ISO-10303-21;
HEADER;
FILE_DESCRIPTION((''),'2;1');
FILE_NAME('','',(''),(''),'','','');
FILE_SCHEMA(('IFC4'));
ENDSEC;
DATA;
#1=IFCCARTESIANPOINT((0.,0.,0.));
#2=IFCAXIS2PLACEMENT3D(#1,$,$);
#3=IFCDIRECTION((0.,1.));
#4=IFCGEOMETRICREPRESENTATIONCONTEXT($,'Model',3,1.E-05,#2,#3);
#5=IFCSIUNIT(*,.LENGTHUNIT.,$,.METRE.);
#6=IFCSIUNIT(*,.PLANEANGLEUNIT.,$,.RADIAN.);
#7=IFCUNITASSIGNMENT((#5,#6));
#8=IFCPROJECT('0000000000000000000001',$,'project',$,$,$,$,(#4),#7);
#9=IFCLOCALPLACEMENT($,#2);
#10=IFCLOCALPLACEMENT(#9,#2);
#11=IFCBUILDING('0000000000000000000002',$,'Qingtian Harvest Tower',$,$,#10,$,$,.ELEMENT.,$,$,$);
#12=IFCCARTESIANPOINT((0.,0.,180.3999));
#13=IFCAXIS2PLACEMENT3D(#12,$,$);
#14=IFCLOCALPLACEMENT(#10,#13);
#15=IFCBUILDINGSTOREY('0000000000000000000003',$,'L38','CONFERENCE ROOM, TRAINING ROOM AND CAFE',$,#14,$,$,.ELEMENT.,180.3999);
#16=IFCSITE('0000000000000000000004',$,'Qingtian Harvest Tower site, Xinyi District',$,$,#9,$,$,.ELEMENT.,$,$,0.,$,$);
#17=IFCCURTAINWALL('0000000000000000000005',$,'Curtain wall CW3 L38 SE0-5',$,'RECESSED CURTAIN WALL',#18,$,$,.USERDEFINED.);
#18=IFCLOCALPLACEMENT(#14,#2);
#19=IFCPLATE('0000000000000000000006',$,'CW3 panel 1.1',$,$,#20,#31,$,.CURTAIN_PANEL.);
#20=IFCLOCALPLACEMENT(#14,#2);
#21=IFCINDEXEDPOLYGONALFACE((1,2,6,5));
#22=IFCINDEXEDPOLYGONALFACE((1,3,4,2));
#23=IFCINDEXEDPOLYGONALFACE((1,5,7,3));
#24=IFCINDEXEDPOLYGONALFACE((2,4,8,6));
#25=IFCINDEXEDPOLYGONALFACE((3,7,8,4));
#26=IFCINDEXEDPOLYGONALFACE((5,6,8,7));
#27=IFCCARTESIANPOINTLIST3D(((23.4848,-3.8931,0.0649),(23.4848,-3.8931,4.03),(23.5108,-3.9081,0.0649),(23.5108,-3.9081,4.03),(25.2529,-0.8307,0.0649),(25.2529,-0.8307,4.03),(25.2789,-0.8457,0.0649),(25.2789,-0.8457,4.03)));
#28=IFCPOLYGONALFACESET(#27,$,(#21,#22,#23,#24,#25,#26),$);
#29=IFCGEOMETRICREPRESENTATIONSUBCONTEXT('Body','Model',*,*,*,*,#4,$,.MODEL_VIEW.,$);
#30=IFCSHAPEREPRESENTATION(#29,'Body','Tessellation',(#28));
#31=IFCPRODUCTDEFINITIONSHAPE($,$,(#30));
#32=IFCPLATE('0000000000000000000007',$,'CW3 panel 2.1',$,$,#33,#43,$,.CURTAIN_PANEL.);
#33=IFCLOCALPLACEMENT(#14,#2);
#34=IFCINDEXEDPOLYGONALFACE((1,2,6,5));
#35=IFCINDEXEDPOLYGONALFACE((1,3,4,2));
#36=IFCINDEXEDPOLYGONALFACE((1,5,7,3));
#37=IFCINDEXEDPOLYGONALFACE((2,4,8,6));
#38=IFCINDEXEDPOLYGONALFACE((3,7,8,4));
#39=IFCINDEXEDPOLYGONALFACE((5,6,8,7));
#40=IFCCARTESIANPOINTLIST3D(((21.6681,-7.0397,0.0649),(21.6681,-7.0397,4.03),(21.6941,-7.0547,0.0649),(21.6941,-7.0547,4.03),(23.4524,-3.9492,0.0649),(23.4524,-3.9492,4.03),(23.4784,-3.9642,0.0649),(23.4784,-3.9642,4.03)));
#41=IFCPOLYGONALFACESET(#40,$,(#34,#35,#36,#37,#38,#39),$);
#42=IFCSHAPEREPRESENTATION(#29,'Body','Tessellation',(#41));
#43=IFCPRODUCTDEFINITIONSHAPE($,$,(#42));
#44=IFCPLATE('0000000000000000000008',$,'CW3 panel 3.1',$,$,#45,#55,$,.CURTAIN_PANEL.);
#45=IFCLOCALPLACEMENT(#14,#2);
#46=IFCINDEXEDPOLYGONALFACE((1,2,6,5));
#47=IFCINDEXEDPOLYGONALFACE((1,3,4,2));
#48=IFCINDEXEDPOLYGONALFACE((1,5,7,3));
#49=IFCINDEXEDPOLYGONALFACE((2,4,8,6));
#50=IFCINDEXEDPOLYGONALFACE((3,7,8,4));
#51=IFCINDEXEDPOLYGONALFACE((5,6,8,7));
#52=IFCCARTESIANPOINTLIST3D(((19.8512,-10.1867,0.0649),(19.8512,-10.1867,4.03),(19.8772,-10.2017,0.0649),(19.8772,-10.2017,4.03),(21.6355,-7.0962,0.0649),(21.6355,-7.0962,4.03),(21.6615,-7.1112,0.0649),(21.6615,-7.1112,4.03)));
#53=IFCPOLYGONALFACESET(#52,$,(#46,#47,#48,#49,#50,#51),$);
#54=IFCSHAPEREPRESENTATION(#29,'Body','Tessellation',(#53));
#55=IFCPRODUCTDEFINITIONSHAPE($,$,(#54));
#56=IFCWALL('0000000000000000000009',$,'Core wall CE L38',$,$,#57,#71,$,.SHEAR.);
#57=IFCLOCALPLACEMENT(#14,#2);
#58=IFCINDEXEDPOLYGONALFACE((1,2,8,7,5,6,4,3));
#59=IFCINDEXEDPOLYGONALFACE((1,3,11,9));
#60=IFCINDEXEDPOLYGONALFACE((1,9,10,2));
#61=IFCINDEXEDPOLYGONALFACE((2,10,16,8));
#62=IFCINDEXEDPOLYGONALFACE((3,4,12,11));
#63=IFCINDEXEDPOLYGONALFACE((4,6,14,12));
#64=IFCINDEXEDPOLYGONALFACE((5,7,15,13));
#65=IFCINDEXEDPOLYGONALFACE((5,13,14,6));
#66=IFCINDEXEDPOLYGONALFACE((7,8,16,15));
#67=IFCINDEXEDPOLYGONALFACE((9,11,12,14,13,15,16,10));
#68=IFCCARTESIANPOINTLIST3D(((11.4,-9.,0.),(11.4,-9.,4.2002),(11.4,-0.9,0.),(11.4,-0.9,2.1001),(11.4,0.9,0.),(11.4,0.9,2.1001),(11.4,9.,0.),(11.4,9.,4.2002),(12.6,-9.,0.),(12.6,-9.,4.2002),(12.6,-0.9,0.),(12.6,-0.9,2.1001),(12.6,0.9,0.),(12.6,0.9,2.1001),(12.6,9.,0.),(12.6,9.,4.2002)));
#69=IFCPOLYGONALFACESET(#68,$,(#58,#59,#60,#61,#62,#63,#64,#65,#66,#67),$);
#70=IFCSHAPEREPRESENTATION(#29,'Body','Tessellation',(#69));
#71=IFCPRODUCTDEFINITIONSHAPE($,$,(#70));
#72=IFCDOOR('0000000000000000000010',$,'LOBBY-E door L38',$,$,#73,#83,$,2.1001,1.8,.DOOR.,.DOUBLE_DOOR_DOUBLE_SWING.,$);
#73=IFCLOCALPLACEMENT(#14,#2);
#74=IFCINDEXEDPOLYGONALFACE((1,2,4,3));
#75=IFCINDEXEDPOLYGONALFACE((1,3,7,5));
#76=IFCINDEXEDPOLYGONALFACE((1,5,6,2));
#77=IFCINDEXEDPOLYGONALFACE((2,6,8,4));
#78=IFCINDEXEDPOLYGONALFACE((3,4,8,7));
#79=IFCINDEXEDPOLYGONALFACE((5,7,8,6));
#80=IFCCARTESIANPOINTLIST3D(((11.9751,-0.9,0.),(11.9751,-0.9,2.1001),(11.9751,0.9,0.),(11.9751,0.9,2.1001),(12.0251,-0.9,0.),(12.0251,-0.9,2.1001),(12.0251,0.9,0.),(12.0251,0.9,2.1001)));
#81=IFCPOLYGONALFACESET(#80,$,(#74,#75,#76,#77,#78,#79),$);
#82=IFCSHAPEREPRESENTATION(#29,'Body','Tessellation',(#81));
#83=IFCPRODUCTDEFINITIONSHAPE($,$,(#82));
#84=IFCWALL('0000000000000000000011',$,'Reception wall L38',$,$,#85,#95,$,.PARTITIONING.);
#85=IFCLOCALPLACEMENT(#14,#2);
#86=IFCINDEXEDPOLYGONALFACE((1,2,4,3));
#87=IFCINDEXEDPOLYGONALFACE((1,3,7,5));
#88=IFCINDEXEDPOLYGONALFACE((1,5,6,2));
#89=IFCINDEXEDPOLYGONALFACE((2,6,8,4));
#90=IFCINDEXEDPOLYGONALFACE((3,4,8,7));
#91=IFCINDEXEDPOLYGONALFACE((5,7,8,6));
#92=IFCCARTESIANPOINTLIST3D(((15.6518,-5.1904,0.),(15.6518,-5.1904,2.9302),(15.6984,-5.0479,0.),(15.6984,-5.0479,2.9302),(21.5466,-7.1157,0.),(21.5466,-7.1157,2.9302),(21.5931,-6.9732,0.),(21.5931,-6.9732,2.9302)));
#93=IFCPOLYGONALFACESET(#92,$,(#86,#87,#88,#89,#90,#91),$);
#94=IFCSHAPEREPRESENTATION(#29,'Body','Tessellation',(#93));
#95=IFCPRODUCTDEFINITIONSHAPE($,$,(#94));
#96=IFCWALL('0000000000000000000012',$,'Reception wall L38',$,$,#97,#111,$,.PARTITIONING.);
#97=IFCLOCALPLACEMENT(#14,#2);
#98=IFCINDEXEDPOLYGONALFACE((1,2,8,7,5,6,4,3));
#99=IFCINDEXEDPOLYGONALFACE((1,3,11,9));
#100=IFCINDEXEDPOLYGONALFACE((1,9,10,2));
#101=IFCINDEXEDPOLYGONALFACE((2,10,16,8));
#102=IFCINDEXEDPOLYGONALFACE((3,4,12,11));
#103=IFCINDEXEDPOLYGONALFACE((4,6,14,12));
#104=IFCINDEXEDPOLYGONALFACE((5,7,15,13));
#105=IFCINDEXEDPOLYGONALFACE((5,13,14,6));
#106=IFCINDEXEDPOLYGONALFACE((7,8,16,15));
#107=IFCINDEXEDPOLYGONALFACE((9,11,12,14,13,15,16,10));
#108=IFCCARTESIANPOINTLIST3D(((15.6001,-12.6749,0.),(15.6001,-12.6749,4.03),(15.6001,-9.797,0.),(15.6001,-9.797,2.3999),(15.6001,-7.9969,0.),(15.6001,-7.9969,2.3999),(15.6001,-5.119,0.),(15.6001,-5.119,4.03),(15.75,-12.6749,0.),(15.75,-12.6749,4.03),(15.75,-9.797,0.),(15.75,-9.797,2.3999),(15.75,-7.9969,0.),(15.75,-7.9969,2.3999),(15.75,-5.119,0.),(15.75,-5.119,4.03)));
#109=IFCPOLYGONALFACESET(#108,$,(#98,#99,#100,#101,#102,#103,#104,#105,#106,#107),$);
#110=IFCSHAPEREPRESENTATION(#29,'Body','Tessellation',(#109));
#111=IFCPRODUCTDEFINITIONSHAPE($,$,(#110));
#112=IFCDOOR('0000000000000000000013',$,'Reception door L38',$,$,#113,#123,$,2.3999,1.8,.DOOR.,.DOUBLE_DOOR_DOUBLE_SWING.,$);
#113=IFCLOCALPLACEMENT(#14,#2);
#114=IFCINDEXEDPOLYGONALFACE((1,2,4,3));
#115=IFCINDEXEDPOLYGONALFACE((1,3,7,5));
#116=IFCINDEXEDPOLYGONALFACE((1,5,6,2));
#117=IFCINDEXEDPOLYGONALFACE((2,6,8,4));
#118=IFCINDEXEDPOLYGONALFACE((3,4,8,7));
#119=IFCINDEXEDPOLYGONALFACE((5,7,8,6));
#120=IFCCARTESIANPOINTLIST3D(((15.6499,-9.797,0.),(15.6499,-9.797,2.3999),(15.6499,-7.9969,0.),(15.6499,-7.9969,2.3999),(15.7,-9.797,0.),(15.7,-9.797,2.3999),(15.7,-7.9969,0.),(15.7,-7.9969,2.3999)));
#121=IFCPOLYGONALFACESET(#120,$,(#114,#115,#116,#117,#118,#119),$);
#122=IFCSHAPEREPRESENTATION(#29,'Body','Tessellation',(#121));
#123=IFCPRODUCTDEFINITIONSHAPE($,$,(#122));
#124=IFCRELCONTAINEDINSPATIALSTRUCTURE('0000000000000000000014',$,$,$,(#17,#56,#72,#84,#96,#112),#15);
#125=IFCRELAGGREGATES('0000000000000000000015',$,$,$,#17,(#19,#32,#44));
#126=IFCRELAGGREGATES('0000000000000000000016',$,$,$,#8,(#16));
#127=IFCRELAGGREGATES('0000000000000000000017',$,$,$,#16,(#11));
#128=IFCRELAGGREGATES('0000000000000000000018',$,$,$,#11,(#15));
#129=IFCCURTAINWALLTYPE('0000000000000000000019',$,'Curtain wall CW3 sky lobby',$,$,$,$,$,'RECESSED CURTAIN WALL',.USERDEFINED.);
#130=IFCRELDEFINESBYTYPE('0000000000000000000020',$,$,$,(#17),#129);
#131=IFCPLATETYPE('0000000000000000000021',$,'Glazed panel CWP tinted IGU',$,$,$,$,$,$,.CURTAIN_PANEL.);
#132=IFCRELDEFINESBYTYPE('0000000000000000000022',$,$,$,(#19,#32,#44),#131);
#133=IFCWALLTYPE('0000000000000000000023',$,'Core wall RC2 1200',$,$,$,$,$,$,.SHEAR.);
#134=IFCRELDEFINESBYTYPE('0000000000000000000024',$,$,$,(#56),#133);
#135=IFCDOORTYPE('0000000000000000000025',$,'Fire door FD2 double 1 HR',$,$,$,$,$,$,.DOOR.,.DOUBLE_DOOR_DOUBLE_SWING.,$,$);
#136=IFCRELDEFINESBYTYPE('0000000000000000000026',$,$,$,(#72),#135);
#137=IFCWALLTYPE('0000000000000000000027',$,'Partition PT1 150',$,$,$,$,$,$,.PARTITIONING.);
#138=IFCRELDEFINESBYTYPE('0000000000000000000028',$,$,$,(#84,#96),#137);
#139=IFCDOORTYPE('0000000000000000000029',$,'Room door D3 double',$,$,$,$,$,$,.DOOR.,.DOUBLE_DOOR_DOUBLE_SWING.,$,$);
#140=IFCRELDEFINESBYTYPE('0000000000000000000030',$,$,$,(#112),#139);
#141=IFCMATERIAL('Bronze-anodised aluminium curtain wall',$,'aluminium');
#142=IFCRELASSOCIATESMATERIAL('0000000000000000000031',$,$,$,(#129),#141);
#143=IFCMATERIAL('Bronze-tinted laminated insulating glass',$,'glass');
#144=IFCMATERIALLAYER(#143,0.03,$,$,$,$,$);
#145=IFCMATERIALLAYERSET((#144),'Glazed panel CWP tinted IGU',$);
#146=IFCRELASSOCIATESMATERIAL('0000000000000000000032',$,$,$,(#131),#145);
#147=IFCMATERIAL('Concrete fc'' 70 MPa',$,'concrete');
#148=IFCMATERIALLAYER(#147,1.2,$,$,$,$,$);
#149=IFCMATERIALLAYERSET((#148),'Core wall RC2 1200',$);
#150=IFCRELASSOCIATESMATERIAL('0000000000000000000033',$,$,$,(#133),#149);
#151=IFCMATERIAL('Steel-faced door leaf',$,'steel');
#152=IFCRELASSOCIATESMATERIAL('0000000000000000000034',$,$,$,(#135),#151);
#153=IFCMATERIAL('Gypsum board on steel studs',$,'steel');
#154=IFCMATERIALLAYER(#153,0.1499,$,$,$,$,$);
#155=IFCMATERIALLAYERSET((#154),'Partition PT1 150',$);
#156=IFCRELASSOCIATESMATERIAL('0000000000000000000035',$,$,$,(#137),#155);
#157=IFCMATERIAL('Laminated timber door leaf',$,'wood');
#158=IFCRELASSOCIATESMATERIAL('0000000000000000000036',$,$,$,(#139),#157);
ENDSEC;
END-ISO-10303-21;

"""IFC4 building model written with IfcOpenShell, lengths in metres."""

from ifc_helpers import new_model, si_unit, direction, frame, frame_2d, origin, origin_2d, place, context, subcontext, project, spatial, rectangle, extrude, material, layer, layer_set, type_object, element, fill, aggregate, save


model = new_model("IFC4")

# Units and contexts
model_context = context("Model", 3, precision=1e-05, world=origin(), true_north=direction((0.0, 1.0)))
body_context = subcontext(model_context, "Body", "Model", "MODEL_VIEW")
ifc_project = project(units=[si_unit("LENGTHUNIT", "METRE"), si_unit("PLANEANGLEUNIT", "RADIAN")], contexts=[model_context])

# Site, building, storey
site_placement = place(None, origin())
site = spatial("IfcSite", under=ifc_project, at=site_placement, Name="Qingtian Harvest Tower site, Xinyi District", CompositionType="ELEMENT", RefElevation=0.0)
building_placement = place(site_placement, origin())
building = spatial("IfcBuilding", under=site, at=building_placement, Name="Qingtian Harvest Tower", CompositionType="ELEMENT")
storey_placement = place(building_placement, frame((0.0, 0.0, 180.3999)))
storey = spatial("IfcBuildingStorey", under=building, at=storey_placement, Name="L38", Description="CONFERENCE ROOM, TRAINING ROOM AND CAFE", CompositionType="ELEMENT", Elevation=180.3999)

# Shared definitions
ifc_material_1 = material(Name="Bronze-anodised aluminium curtain wall", Category="aluminium")
curtain_wall_type = type_object("IfcCurtainWallType", Name="Curtain wall CW3 sky lobby", ElementType="RECESSED CURTAIN WALL", PredefinedType="USERDEFINED", material=ifc_material_1)

# Curtain wall
curtain_wall_1_placement = place(storey_placement, origin())
curtain_wall_1 = element("IfcCurtainWall", 1, at=curtain_wall_1_placement, inside=storey, type_object=curtain_wall_type, Name="Curtain wall CW3 L38 SE0-5", ObjectType="RECESSED CURTAIN WALL", PredefinedType="USERDEFINED")

# Plates
ifc_material_2 = material(Name="Bronze-tinted laminated insulating glass", Category="glass")
ifc_layer_1 = layer(ifc_material_2, 0.03)
ifc_layer_set_1 = layer_set([ifc_layer_1], Name="Glazed panel CWP tinted IGU")
plate_type = type_object("IfcPlateType", Name="Glazed panel CWP tinted IGU", PredefinedType="CURTAIN_PANEL", material=ifc_layer_set_1)
plate_1_placement = place(storey_placement, frame((24.3818, -2.3694, 0.0649), z_axis=(0.0, 0.0, 1.0), x_axis=(-0.5, -0.866025, 0.0)))
plate_1 = element("IfcPlate", 2, at=plate_1_placement, type_object=plate_type, Name="CW3 panel 1.1", PredefinedType="CURTAIN_PANEL", context=body_context, shape_type="SweptSolid", body=[
    extrude(rectangle(XDim=3.5361, YDim=0.03, at=origin_2d()), origin(), (0.0, 0.0, 1.0), 3.9651),
])
plate_2_placement = place(storey_placement, frame((22.5732, -5.502, 0.0649), z_axis=(0.0, 0.0, 1.0), x_axis=(-0.5, -0.866025, 0.0)))
plate_2 = element("IfcPlate", 3, at=plate_2_placement, type_object=plate_type, Name="CW3 panel 2.1", PredefinedType="CURTAIN_PANEL", context=body_context, shape_type="SweptSolid", body=[
    extrude(rectangle(XDim=3.5686, YDim=0.03, at=origin_2d()), origin(), (0.0, 0.0, 1.0), 3.9651),
])
plate_3_placement = place(storey_placement, frame((20.7563, -8.6489, 0.0649), z_axis=(0.0, 0.0, 1.0), x_axis=(-0.5, -0.866025, 0.0)))
plate_3 = element("IfcPlate", 4, at=plate_3_placement, type_object=plate_type, Name="CW3 panel 3.1", PredefinedType="CURTAIN_PANEL", context=body_context, shape_type="SweptSolid", body=[
    extrude(rectangle(XDim=3.5686, YDim=0.03, at=origin_2d()), origin(), (0.0, 0.0, 1.0), 3.9651),
])
aggregate(curtain_wall_1, [plate_1, plate_2, plate_3])

# Wall, opening, door
ifc_material_3 = material(Name="Concrete fc' 70 MPa", Category="concrete")
ifc_layer_2 = layer(ifc_material_3, 1.2)
ifc_layer_set_2 = layer_set([ifc_layer_2], Name="Core wall RC2 1200")
wall_type_1 = type_object("IfcWallType", Name="Core wall RC2 1200", PredefinedType="SHEAR", material=ifc_layer_set_2)
wall_1_placement = place(storey_placement, frame((12.0, -9.0, 0.0), z_axis=(0.0, 0.0, 1.0), x_axis=(0.0, 1.0, 0.0)))
wall_1 = element("IfcWall", 5, at=wall_1_placement, inside=storey, type_object=wall_type_1, Name="Core wall CE L38", PredefinedType="SHEAR", context=body_context, shape_type="SweptSolid", body=[
    extrude(rectangle(XDim=18.0, YDim=1.2, at=frame_2d((9.0, 0.0))), origin(), (0.0, 0.0, 1.0), 4.2002),
])
opening_1_placement = place(wall_1_placement, frame((8.1001, 0.0, 0.0)))
opening_1 = element("IfcOpeningElement", 6, at=opening_1_placement, cuts=wall_1, PredefinedType="OPENING", context=body_context, shape_type="SweptSolid", body=[
    extrude(rectangle(XDim=1.8, YDim=2.1001, at=frame_2d((0.8999, 1.05))), frame((0.0, 0.6099, 0.0), z_axis=(0.0, -1.0, 0.0), x_axis=(1.0, 0.0, 0.0)), (0.0, 0.0, 1.0), 1.22),
])
ifc_material_4 = material(Name="Steel-faced door leaf", Category="steel")
door_type_1 = type_object("IfcDoorType", Name="Fire door FD2 double 1 HR", OperationType="DOUBLE_DOOR_DOUBLE_SWING", PredefinedType="DOOR", material=ifc_material_4)
door_1_placement = place(opening_1_placement, origin())
door_1 = element("IfcDoor", 7, at=door_1_placement, inside=storey, type_object=door_type_1, Name="LOBBY-E door L38", OperationType="DOUBLE_DOOR_DOUBLE_SWING", OverallHeight=2.1001, OverallWidth=1.8, PredefinedType="DOOR", context=body_context, shape_type="SweptSolid", body=[
    extrude(rectangle(XDim=1.8, YDim=2.1001, at=frame_2d((0.8999, 1.05))), frame((0.0, 0.0249, 0.0), z_axis=(0.0, -1.0, 0.0), x_axis=(1.0, 0.0, 0.0)), (0.0, 0.0, 1.0), 0.05),
])
fill(opening_1, door_1)

# Wall
ifc_material_5 = material(Name="Gypsum board on steel studs", Category="steel")
ifc_layer_3 = layer(ifc_material_5, 0.1499)
ifc_layer_set_3 = layer_set([ifc_layer_3], Name="Partition PT1 150")
wall_type_2 = type_object("IfcWallType", Name="Partition PT1 150", PredefinedType="PARTITIONING", material=ifc_layer_set_3)
wall_2_placement = place(storey_placement, frame((21.5698, -7.0444, 0.0), z_axis=(0.0, 0.0, 1.0), x_axis=(-0.950583, 0.31047, 0.0)))
element("IfcWall", 8, at=wall_2_placement, inside=storey, type_object=wall_type_2, Name="Reception wall L38", PredefinedType="PARTITIONING", context=body_context, shape_type="SweptSolid", body=[
    extrude(rectangle(XDim=6.2012, YDim=0.1499, at=frame_2d((3.1006, 0.0))), origin(), (0.0, 0.0, 1.0), 2.9302),
])

# Wall, opening, door
wall_3_placement = place(storey_placement, frame((15.675, -5.1191, 0.0), z_axis=(0.0, 0.0, 1.0), x_axis=(0.0, -1.0, 0.0)))
wall_3 = element("IfcWall", 9, at=wall_3_placement, inside=storey, type_object=wall_type_2, Name="Reception wall L38", PredefinedType="PARTITIONING", context=body_context, shape_type="SweptSolid", body=[
    extrude(rectangle(XDim=7.5559, YDim=0.1499, at=frame_2d((3.7778, 0.0))), origin(), (0.0, 0.0, 1.0), 4.03),
])
opening_2_placement = place(wall_3_placement, frame((2.8779, 0.0, 0.0)))
opening_2 = element("IfcOpeningElement", 10, at=opening_2_placement, cuts=wall_3, PredefinedType="OPENING", context=body_context, shape_type="SweptSolid", body=[
    extrude(rectangle(XDim=1.8, YDim=2.3999, at=frame_2d((0.8999, 1.2))), frame((0.0, 0.085, 0.0), z_axis=(0.0, -1.0, 0.0), x_axis=(1.0, 0.0, 0.0)), (0.0, 0.0, 1.0), 0.1699),
])
ifc_material_6 = material(Name="Laminated timber door leaf", Category="wood")
door_type_2 = type_object("IfcDoorType", Name="Room door D3 double", OperationType="DOUBLE_DOOR_DOUBLE_SWING", PredefinedType="DOOR", material=ifc_material_6)
door_2_placement = place(opening_2_placement, origin())
door_2 = element("IfcDoor", 11, at=door_2_placement, inside=storey, type_object=door_type_2, Name="Reception door L38", OperationType="DOUBLE_DOOR_DOUBLE_SWING", OverallHeight=2.3999, OverallWidth=1.8, PredefinedType="DOOR", context=body_context, shape_type="SweptSolid", body=[
    extrude(rectangle(XDim=1.8, YDim=2.3999, at=frame_2d((0.8999, 1.2))), frame((0.0, 0.0249, 0.0), z_axis=(0.0, -1.0, 0.0), x_axis=(1.0, 0.0, 0.0)), (0.0, 0.0, 1.0), 0.05),
])
fill(opening_2, door_2)

save(model, "model.ifc")
